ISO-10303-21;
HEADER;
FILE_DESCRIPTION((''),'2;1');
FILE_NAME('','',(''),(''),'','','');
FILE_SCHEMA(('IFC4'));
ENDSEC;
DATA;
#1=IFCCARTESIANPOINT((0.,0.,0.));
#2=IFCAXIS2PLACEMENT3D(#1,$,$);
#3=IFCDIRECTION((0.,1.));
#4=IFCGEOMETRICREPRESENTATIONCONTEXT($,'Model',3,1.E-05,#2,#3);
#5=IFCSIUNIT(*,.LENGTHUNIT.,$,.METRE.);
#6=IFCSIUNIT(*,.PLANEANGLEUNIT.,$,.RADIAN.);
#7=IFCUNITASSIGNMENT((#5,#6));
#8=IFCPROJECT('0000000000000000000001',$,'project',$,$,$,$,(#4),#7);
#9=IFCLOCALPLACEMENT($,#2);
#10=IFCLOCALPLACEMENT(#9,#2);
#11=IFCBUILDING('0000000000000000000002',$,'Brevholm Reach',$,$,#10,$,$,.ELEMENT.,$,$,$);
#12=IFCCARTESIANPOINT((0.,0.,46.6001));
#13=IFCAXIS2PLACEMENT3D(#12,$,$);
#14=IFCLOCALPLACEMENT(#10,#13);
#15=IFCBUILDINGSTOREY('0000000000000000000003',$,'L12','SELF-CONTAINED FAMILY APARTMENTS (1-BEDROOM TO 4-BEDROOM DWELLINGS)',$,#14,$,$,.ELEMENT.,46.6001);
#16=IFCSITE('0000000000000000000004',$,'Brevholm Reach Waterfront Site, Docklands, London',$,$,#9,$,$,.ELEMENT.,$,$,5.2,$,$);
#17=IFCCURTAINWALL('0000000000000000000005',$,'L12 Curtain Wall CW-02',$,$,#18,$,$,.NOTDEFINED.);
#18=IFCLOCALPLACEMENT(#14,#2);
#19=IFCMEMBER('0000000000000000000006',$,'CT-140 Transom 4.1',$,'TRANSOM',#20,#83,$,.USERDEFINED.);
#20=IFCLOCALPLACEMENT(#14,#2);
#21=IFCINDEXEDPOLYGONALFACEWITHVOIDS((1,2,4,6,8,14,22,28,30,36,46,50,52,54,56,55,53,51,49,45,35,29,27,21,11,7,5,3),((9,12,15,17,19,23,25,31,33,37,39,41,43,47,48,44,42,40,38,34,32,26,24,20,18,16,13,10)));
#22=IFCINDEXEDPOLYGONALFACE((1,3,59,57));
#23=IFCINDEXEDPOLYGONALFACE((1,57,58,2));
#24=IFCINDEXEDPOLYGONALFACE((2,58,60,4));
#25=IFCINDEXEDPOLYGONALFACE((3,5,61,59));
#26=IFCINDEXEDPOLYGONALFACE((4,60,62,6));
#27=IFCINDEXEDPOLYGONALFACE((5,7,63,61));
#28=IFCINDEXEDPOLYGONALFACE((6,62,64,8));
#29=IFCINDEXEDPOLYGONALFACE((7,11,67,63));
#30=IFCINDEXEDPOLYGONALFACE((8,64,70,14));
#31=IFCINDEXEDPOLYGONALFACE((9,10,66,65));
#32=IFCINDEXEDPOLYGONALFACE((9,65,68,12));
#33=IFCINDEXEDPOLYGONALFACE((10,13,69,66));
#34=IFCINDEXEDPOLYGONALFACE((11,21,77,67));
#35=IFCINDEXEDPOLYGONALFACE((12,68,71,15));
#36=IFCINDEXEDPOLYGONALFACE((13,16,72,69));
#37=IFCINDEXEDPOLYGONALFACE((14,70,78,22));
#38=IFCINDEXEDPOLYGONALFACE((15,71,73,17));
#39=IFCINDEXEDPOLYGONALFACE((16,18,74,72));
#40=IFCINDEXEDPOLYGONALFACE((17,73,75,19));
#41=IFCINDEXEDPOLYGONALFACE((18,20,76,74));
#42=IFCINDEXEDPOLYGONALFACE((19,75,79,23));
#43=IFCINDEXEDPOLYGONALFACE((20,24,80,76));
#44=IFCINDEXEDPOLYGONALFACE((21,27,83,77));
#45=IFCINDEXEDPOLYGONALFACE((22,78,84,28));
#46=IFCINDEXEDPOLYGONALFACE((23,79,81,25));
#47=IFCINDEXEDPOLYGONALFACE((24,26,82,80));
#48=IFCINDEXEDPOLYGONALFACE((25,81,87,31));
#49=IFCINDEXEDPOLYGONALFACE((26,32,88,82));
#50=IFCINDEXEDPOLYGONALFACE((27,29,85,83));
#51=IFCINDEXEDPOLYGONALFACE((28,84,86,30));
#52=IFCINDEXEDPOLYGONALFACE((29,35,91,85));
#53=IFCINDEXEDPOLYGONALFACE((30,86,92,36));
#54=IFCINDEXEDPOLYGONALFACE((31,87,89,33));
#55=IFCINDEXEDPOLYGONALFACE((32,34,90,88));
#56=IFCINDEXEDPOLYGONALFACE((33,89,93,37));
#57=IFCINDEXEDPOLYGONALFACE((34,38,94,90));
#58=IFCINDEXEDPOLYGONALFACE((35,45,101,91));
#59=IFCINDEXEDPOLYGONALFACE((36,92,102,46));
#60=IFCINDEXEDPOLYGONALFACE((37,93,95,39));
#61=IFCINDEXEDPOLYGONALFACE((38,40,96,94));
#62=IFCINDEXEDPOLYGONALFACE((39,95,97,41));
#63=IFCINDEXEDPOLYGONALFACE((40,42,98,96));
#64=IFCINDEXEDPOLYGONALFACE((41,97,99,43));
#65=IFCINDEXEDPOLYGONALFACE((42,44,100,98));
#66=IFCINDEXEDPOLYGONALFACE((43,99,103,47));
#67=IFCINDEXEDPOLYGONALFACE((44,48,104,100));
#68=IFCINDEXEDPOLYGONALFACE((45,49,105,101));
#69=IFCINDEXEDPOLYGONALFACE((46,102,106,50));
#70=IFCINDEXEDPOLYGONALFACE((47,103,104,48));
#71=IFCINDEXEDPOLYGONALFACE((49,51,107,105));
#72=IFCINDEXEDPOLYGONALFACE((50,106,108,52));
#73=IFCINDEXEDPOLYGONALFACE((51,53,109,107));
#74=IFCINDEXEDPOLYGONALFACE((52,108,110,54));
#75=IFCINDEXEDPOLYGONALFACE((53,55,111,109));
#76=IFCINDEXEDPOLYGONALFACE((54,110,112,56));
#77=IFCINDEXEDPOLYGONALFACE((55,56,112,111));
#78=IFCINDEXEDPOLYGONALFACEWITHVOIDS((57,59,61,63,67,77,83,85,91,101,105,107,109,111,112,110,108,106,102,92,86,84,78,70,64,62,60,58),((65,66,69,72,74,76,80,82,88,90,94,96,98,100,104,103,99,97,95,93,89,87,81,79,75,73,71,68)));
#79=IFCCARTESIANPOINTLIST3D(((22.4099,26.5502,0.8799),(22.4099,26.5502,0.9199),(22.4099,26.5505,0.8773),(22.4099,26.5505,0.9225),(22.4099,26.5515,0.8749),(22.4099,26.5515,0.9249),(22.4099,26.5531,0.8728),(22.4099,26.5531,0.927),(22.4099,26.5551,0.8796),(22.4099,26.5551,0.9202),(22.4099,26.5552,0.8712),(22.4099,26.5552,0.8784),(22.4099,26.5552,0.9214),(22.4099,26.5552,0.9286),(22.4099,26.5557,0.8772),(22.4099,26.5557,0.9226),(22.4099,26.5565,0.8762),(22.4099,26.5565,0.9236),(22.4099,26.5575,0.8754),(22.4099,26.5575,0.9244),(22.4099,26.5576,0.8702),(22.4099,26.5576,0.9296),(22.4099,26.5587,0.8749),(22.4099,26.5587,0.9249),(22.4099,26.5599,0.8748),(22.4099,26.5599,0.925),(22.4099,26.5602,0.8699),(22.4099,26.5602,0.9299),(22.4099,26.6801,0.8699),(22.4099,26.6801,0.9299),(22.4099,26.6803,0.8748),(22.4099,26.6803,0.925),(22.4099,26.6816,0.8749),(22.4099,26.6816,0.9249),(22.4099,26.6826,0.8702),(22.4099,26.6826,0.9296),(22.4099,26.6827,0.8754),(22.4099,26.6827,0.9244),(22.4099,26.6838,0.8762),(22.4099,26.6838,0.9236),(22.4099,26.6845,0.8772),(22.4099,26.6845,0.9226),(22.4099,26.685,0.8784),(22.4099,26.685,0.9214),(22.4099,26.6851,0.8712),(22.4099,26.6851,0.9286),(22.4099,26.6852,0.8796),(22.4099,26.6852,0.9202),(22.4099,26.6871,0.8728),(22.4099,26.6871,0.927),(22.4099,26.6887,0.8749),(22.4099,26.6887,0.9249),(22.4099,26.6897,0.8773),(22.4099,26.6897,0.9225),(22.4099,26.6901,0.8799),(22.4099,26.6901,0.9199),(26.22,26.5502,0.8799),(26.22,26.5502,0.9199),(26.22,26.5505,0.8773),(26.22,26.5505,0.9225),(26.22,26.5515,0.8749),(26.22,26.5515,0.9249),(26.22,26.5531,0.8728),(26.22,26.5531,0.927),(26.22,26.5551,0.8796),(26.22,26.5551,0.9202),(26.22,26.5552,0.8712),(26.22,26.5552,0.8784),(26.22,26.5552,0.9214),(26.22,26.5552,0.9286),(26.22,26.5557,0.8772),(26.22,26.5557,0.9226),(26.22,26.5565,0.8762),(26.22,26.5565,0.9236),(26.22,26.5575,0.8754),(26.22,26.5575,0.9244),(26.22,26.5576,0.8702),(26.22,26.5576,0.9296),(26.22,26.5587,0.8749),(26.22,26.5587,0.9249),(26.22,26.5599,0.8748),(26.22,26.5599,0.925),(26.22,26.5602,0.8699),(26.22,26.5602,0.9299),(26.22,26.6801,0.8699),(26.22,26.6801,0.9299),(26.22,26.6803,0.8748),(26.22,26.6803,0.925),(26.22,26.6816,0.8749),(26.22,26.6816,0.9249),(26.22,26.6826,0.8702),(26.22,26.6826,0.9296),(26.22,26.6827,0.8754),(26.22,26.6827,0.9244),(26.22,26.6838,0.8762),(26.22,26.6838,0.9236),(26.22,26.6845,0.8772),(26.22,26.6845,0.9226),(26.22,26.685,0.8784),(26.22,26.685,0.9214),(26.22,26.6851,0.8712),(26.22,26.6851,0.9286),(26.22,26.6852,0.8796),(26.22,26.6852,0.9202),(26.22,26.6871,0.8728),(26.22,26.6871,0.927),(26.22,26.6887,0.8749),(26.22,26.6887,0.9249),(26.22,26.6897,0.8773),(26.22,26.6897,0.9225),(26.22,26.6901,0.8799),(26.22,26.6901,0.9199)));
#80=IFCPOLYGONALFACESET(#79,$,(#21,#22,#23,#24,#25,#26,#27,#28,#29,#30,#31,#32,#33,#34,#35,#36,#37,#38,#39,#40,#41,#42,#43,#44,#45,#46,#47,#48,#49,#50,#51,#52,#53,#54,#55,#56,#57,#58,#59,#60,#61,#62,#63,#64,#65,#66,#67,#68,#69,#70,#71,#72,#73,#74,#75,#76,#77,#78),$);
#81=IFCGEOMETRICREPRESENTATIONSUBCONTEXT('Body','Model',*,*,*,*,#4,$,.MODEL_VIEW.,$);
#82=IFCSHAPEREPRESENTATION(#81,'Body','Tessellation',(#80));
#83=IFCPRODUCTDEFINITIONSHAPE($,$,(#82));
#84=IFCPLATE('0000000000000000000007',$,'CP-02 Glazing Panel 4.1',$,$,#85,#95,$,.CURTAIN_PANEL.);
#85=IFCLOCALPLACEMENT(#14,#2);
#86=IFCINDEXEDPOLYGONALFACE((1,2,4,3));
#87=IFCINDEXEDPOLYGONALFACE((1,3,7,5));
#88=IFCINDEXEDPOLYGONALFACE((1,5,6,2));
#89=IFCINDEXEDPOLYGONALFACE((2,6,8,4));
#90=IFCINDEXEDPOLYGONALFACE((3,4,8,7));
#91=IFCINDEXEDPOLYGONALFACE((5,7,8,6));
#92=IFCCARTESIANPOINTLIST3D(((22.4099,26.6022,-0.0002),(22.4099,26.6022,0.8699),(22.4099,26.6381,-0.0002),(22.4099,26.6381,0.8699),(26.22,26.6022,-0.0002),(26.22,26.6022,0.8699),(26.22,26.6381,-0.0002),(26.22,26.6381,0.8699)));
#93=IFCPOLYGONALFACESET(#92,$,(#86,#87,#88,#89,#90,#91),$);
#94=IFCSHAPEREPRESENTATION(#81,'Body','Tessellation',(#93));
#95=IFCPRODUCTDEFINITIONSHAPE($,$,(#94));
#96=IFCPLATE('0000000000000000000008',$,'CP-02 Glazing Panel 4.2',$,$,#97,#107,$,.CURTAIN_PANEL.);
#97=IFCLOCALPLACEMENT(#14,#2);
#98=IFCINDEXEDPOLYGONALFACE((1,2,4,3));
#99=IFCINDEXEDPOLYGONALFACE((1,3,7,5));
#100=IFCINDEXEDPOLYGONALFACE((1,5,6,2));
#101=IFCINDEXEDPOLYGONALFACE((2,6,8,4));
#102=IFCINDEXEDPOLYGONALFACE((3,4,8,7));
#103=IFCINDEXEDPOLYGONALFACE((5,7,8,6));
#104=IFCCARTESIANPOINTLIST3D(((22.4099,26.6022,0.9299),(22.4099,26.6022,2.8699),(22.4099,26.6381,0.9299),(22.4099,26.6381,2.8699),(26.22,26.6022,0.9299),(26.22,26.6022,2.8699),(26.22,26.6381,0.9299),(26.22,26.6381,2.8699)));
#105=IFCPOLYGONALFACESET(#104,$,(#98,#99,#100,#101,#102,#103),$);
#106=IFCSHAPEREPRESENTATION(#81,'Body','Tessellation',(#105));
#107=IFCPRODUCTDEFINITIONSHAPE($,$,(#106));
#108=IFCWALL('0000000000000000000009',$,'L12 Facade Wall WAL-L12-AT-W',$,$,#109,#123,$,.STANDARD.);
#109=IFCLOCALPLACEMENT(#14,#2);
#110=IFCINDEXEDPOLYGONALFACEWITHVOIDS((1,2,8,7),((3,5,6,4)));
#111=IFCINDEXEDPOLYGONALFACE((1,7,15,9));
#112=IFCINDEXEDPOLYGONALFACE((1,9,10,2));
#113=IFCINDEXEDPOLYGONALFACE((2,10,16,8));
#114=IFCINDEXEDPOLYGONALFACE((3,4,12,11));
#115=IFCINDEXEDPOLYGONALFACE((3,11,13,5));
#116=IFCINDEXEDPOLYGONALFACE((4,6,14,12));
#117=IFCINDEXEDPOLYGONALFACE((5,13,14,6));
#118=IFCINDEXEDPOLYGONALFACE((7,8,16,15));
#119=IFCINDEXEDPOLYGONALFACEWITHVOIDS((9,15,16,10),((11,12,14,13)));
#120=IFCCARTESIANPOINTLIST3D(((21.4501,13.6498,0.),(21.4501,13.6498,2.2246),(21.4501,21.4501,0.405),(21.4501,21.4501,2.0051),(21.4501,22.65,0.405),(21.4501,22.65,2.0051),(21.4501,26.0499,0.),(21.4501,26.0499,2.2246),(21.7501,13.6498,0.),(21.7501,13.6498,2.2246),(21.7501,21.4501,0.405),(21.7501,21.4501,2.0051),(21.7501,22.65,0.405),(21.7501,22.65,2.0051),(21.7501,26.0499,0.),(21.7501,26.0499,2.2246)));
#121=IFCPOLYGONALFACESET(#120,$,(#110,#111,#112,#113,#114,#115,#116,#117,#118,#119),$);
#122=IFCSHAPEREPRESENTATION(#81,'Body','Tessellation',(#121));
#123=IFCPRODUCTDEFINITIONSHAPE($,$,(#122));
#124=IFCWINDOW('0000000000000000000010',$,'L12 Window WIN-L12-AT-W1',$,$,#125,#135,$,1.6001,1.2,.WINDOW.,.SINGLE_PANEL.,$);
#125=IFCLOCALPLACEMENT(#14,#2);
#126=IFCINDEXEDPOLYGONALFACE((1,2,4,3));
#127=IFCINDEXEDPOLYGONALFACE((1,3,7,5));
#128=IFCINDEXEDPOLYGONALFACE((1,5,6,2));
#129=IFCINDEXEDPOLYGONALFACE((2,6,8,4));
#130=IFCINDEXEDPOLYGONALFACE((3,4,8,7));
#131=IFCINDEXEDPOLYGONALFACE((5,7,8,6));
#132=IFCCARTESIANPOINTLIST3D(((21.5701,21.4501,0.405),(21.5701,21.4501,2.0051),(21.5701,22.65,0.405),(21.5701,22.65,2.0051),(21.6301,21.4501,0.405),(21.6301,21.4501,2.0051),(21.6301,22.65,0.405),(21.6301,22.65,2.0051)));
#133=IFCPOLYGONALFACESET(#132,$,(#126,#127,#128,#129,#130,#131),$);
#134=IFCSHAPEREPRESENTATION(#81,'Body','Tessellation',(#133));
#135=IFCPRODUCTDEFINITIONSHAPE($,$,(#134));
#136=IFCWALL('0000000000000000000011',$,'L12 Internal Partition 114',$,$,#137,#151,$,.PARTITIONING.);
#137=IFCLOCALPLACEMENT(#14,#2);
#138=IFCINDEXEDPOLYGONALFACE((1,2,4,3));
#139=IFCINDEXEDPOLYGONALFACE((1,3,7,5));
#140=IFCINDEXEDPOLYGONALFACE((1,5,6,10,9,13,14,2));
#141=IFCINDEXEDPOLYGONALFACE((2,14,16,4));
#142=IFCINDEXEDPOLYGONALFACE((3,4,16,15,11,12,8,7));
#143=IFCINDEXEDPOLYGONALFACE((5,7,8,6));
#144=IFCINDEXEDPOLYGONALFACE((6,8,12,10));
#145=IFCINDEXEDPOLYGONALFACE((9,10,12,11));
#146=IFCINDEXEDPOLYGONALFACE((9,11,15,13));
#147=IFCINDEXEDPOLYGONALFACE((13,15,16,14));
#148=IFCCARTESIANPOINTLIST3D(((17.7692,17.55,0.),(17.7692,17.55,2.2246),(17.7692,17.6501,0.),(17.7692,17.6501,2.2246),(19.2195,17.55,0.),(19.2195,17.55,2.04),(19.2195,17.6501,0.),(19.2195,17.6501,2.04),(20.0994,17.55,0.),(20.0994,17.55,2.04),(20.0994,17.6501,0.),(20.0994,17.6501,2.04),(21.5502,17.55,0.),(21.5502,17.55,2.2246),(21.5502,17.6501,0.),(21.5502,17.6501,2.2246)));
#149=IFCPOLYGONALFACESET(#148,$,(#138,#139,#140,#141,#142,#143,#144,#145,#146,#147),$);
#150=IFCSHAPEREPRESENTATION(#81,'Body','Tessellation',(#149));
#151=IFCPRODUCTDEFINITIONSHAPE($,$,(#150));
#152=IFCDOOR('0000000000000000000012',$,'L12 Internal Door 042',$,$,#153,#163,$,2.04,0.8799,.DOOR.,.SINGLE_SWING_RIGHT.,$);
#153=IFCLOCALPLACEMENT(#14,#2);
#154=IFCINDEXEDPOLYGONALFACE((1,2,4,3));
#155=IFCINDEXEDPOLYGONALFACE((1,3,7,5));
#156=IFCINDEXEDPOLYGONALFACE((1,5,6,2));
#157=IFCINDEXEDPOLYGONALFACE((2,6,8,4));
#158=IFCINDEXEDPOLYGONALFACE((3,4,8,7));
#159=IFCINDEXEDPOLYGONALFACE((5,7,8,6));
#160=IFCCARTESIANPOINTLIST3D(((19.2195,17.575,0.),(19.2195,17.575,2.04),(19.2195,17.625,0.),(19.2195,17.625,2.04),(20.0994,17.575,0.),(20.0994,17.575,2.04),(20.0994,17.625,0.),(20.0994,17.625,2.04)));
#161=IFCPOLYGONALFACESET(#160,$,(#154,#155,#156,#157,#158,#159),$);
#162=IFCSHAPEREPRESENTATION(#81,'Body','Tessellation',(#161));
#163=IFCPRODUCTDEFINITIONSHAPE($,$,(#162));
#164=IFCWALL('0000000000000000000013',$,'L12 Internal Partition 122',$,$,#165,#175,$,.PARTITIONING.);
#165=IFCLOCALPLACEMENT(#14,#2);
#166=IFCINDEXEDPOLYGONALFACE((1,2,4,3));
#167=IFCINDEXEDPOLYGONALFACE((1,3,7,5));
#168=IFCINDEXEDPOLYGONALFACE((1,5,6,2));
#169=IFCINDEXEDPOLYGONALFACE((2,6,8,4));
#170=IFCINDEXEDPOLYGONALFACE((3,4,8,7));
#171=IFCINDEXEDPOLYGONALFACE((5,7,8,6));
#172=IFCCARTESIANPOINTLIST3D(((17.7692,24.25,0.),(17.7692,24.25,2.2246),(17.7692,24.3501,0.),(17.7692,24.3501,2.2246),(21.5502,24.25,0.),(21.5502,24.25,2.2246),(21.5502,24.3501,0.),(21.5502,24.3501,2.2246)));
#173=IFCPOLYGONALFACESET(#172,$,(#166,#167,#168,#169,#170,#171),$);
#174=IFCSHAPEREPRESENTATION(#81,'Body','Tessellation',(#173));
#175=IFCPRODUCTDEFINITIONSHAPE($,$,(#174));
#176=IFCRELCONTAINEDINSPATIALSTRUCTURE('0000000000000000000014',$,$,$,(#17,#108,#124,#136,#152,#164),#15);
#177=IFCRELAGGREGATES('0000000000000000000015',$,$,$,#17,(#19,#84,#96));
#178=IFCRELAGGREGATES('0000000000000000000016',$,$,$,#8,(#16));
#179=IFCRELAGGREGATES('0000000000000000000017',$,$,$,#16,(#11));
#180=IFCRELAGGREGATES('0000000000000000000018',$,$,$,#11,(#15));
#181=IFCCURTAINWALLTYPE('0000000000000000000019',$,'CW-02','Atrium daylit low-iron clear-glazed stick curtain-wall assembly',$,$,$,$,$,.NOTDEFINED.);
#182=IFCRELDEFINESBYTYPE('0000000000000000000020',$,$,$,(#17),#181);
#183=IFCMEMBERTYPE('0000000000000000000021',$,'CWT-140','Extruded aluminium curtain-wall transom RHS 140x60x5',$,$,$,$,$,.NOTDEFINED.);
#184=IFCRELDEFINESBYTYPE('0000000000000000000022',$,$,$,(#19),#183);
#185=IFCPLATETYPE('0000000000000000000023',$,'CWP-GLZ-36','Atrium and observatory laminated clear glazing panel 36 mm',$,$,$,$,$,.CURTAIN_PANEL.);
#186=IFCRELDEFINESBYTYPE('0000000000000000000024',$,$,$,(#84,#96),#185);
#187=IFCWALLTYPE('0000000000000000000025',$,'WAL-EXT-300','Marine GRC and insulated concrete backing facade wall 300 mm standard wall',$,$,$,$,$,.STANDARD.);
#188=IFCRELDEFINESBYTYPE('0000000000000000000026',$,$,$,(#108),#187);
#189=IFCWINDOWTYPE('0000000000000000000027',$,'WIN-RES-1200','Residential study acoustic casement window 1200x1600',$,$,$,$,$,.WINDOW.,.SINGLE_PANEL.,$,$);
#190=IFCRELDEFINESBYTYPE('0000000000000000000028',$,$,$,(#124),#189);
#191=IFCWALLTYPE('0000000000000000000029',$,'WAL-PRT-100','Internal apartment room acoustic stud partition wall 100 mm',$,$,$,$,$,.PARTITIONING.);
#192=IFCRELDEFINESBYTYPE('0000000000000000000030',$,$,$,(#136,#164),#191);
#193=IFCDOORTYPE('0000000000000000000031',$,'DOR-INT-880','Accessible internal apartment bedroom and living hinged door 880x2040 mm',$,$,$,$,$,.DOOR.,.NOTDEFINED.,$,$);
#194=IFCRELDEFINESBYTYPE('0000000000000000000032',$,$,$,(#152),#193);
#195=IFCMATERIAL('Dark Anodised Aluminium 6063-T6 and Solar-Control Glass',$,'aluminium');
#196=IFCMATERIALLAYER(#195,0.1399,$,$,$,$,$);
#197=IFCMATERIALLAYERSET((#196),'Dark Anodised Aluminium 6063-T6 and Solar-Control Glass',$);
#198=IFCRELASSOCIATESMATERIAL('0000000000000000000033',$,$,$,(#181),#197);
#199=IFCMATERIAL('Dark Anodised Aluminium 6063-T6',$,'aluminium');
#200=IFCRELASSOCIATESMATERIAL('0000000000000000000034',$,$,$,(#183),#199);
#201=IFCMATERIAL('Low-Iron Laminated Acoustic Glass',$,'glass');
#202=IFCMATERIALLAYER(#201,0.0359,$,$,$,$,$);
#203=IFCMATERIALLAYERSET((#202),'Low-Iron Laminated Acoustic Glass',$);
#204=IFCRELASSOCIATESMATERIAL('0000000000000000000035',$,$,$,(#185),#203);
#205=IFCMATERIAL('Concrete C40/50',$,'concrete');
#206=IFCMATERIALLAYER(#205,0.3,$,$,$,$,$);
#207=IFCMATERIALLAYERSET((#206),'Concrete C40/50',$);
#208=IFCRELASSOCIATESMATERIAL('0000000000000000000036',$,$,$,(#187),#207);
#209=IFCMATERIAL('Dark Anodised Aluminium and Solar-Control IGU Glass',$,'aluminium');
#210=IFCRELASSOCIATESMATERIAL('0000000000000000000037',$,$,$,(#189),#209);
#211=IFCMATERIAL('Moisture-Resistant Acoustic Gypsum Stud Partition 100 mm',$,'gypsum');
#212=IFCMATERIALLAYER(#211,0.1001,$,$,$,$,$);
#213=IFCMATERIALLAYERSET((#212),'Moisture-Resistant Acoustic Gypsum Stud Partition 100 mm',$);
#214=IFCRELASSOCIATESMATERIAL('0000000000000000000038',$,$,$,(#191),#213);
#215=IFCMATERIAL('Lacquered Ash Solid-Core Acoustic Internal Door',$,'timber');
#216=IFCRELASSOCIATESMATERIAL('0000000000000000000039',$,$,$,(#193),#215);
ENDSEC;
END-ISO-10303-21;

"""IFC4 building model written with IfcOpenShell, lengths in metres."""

from ifc_helpers import new_model, si_unit, direction, frame, frame_2d, origin, origin_2d, place, context, subcontext, project, spatial, rectangle, hollow_rectangle, extrude, material, layer, layer_set, material_profile, profile_set, type_object, element, fill, aggregate, save


model = new_model("IFC4")

# Units and contexts
model_context = context("Model", 3, precision=1e-05, world=origin(), true_north=direction((0.0, 1.0)))
body_context = subcontext(model_context, "Body", "Model", "MODEL_VIEW")
ifc_project = project(units=[si_unit("LENGTHUNIT", "METRE"), si_unit("PLANEANGLEUNIT", "RADIAN")], contexts=[model_context])

# Site, building, storey
site_placement = place(None, origin())
site = spatial("IfcSite", under=ifc_project, at=site_placement, Name="Brevholm Reach Waterfront Site, Docklands, London", CompositionType="ELEMENT", RefElevation=5.2)
building_placement = place(site_placement, origin())
building = spatial("IfcBuilding", under=site, at=building_placement, Name="Brevholm Reach", CompositionType="ELEMENT")
storey_placement = place(building_placement, frame((0.0, 0.0, 46.6001)))
storey = spatial("IfcBuildingStorey", under=building, at=storey_placement, Name="L12", Description="SELF-CONTAINED FAMILY APARTMENTS (1-BEDROOM TO 4-BEDROOM DWELLINGS)", CompositionType="ELEMENT", Elevation=46.6001)

# Curtain wall, member, plates
ifc_material_1 = material(Name="Dark Anodised Aluminium 6063-T6 and Solar-Control Glass", Category="aluminium")
ifc_layer_1 = layer(ifc_material_1, 0.1399)
ifc_layer_set_1 = layer_set([ifc_layer_1], Name="Dark Anodised Aluminium 6063-T6 and Solar-Control Glass")
curtain_wall_type = type_object("IfcCurtainWallType", Name="CW-02", Description="Atrium daylit low-iron clear-glazed stick curtain-wall assembly", PredefinedType="NOTDEFINED", material=ifc_layer_set_1)
curtain_wall_placement = place(storey_placement, origin())
curtain_wall = element("IfcCurtainWall", 1, at=curtain_wall_placement, inside=storey, type_object=curtain_wall_type, Name="L12 Curtain Wall CW-02", PredefinedType="NOTDEFINED")
ifc_material_2 = material(Name="Dark Anodised Aluminium 6063-T6", Category="aluminium")
ifc_material_profile_1 = material_profile(ifc_material_2, hollow_rectangle(XDim=0.0601, YDim=0.1399, WallThickness=0.0049, InnerFilletRadius=0.0049, OuterFilletRadius=0.01, at=origin_2d()), Name="RHS 140x60x5")
ifc_profile_set_1 = profile_set([ifc_material_profile_1], Name="Dark Anodised Aluminium 6063-T6")
member_type_1 = type_object("IfcMemberType", Name="CWT-140", Description="Extruded aluminium curtain-wall transom RHS 140x60x5", PredefinedType="NOTDEFINED", material=ifc_profile_set_1)
member_1_placement = place(storey_placement, frame((26.22, 26.6201, 0.8999), z_axis=(-1.0, 0.0, 0.0), x_axis=(0.0, 0.0, 1.0)))
member_1 = element("IfcMember", 2, at=member_1_placement, type_object=member_type_1, Name="CT-140 Transom 4.1", ObjectType="TRANSOM", PredefinedType="USERDEFINED", context=body_context, shape_type="SweptSolid", body=[
    extrude(hollow_rectangle(XDim=0.0601, YDim=0.1399, WallThickness=0.0049, InnerFilletRadius=0.0049, OuterFilletRadius=0.01, at=origin_2d()), origin(), (0.0, 0.0, 1.0), 3.8101),
])
ifc_material_3 = material(Name="Low-Iron Laminated Acoustic Glass", Category="glass")
ifc_layer_2 = layer(ifc_material_3, 0.0359)
ifc_layer_set_2 = layer_set([ifc_layer_2], Name="Low-Iron Laminated Acoustic Glass")
plate_type = type_object("IfcPlateType", Name="CWP-GLZ-36", Description="Atrium and observatory laminated clear glazing panel 36 mm", PredefinedType="CURTAIN_PANEL", material=ifc_layer_set_2)
plate_1_placement = place(storey_placement, frame((24.3149, 26.6201, -0.0002), z_axis=(0.0, 0.0, 1.0), x_axis=(-1.0, 0.0, 0.0)))
plate_1 = element("IfcPlate", 3, at=plate_1_placement, type_object=plate_type, Name="CP-02 Glazing Panel 4.1", PredefinedType="CURTAIN_PANEL", context=body_context, shape_type="SweptSolid", body=[
    extrude(rectangle(XDim=3.8101, YDim=0.0359, at=origin_2d()), origin(), (0.0, 0.0, 1.0), 0.8701),
])
plate_2_placement = place(storey_placement, frame((24.3149, 26.6201, 0.9299), z_axis=(0.0, 0.0, 1.0), x_axis=(-1.0, 0.0, 0.0)))
plate_2 = element("IfcPlate", 4, at=plate_2_placement, type_object=plate_type, Name="CP-02 Glazing Panel 4.2", PredefinedType="CURTAIN_PANEL", context=body_context, shape_type="SweptSolid", body=[
    extrude(rectangle(XDim=3.8101, YDim=0.0359, at=origin_2d()), origin(), (0.0, 0.0, 1.0), 1.9399),
])
aggregate(curtain_wall, [member_1, plate_1, plate_2])

# Wall, opening, window
ifc_material_4 = material(Name="Concrete C40/50", Category="concrete")
ifc_layer_3 = layer(ifc_material_4, 0.3)
ifc_layer_set_3 = layer_set([ifc_layer_3], Name="Concrete C40/50")
wall_type_1 = type_object("IfcWallType", Name="WAL-EXT-300", Description="Marine GRC and insulated concrete backing facade wall 300 mm standard wall", PredefinedType="STANDARD", material=ifc_layer_set_3)
wall_1_placement = place(storey_placement, frame((21.6001, 26.05, 0.0), z_axis=(0.0, 0.0, 1.0), x_axis=(0.0, -1.0, 0.0)))
wall_1 = element("IfcWall", 5, at=wall_1_placement, inside=storey, type_object=wall_type_1, Name="L12 Facade Wall WAL-L12-AT-W", PredefinedType="STANDARD", context=body_context, shape_type="SweptSolid", body=[
    extrude(rectangle(XDim=12.4001, YDim=0.3, at=frame_2d((6.2002, 0.0))), origin(), (0.0, 0.0, 1.0), 2.2246),
])
opening_1_placement = place(wall_1_placement, frame((3.3999, 0.0, 0.405)))
opening_1 = element("IfcOpeningElement", 6, at=opening_1_placement, cuts=wall_1, PredefinedType="OPENING", context=body_context, shape_type="SweptSolid", body=[
    extrude(rectangle(XDim=1.2, YDim=1.6001, at=frame_2d((0.6001, 0.8))), frame((0.0, 0.1599, 0.0), z_axis=(0.0, -1.0, 0.0), x_axis=(1.0, 0.0, 0.0)), (0.0, 0.0, 1.0), 0.3201),
])
ifc_material_5 = material(Name="Dark Anodised Aluminium and Solar-Control IGU Glass", Category="aluminium")
window_type = type_object("IfcWindowType", Name="WIN-RES-1200", Description="Residential study acoustic casement window 1200x1600", PartitioningType="SINGLE_PANEL", PredefinedType="WINDOW", material=ifc_material_5)
window_placement = place(opening_1_placement, origin())
window = element("IfcWindow", 7, at=window_placement, inside=storey, type_object=window_type, Name="L12 Window WIN-L12-AT-W1", OverallHeight=1.6001, OverallWidth=1.2, PartitioningType="SINGLE_PANEL", PredefinedType="WINDOW", context=body_context, shape_type="SweptSolid", body=[
    extrude(rectangle(XDim=1.2, YDim=1.6001, at=frame_2d((0.6001, 0.8))), frame((0.0, 0.03, 0.0), z_axis=(0.0, -1.0, 0.0), x_axis=(1.0, 0.0, 0.0)), (0.0, 0.0, 1.0), 0.0601),
])
fill(opening_1, window)

# Wall, opening, door
ifc_material_6 = material(Name="Moisture-Resistant Acoustic Gypsum Stud Partition 100 mm", Category="gypsum")
ifc_layer_4 = layer(ifc_material_6, 0.1001)
ifc_layer_set_4 = layer_set([ifc_layer_4], Name="Moisture-Resistant Acoustic Gypsum Stud Partition 100 mm")
wall_type_2 = type_object("IfcWallType", Name="WAL-PRT-100", Description="Internal apartment room acoustic stud partition wall 100 mm", PredefinedType="PARTITIONING", material=ifc_layer_set_4)
wall_2_placement = place(storey_placement, frame((17.769, 17.6001, 0.0), z_axis=(0.0, 0.0, 1.0), x_axis=(1.0, 0.0, 0.0)))
wall_2 = element("IfcWall", 8, at=wall_2_placement, inside=storey, type_object=wall_type_2, Name="L12 Internal Partition 114", PredefinedType="PARTITIONING", context=body_context, shape_type="SweptSolid", body=[
    extrude(rectangle(XDim=3.781, YDim=0.1001, at=frame_2d((1.8906, 0.0))), origin(), (0.0, 0.0, 1.0), 2.2246),
])
opening_2_placement = place(wall_2_placement, frame((1.4504, 0.0, 0.0)))
opening_2 = element("IfcOpeningElement", 9, at=opening_2_placement, cuts=wall_2, PredefinedType="OPENING", context=body_context, shape_type="SweptSolid", body=[
    extrude(rectangle(XDim=0.8799, YDim=2.04, at=frame_2d((0.4399, 1.02))), frame((0.0, 0.0601, 0.0), z_axis=(0.0, -1.0, 0.0), x_axis=(1.0, 0.0, 0.0)), (0.0, 0.0, 1.0), 0.1201),
])
ifc_material_7 = material(Name="Lacquered Ash Solid-Core Acoustic Internal Door", Category="timber")
door_type = type_object("IfcDoorType", Name="DOR-INT-880", Description="Accessible internal apartment bedroom and living hinged door 880x2040 mm", OperationType="NOTDEFINED", PredefinedType="DOOR", material=ifc_material_7)
door_1_placement = place(opening_2_placement, origin())
door_1 = element("IfcDoor", 10, at=door_1_placement, inside=storey, type_object=door_type, Name="L12 Internal Door 042", OperationType="SINGLE_SWING_RIGHT", OverallHeight=2.04, OverallWidth=0.8799, PredefinedType="DOOR", context=body_context, shape_type="SweptSolid", body=[
    extrude(rectangle(XDim=0.8799, YDim=2.04, at=frame_2d((0.4399, 1.02))), frame((0.0, 0.0249, 0.0), z_axis=(0.0, -1.0, 0.0), x_axis=(1.0, 0.0, 0.0)), (0.0, 0.0, 1.0), 0.05),
])
fill(opening_2, door_1)

# Wall
wall_3_placement = place(storey_placement, frame((17.769, 24.3, 0.0), z_axis=(0.0, 0.0, 1.0), x_axis=(1.0, 0.0, 0.0)))
element("IfcWall", 11, at=wall_3_placement, inside=storey, type_object=wall_type_2, Name="L12 Internal Partition 122", PredefinedType="PARTITIONING", context=body_context, shape_type="SweptSolid", body=[
    extrude(rectangle(XDim=3.781, YDim=0.1001, at=frame_2d((1.8906, 0.0))), origin(), (0.0, 0.0, 1.0), 2.2246),
])

save(model, "model.ifc")
